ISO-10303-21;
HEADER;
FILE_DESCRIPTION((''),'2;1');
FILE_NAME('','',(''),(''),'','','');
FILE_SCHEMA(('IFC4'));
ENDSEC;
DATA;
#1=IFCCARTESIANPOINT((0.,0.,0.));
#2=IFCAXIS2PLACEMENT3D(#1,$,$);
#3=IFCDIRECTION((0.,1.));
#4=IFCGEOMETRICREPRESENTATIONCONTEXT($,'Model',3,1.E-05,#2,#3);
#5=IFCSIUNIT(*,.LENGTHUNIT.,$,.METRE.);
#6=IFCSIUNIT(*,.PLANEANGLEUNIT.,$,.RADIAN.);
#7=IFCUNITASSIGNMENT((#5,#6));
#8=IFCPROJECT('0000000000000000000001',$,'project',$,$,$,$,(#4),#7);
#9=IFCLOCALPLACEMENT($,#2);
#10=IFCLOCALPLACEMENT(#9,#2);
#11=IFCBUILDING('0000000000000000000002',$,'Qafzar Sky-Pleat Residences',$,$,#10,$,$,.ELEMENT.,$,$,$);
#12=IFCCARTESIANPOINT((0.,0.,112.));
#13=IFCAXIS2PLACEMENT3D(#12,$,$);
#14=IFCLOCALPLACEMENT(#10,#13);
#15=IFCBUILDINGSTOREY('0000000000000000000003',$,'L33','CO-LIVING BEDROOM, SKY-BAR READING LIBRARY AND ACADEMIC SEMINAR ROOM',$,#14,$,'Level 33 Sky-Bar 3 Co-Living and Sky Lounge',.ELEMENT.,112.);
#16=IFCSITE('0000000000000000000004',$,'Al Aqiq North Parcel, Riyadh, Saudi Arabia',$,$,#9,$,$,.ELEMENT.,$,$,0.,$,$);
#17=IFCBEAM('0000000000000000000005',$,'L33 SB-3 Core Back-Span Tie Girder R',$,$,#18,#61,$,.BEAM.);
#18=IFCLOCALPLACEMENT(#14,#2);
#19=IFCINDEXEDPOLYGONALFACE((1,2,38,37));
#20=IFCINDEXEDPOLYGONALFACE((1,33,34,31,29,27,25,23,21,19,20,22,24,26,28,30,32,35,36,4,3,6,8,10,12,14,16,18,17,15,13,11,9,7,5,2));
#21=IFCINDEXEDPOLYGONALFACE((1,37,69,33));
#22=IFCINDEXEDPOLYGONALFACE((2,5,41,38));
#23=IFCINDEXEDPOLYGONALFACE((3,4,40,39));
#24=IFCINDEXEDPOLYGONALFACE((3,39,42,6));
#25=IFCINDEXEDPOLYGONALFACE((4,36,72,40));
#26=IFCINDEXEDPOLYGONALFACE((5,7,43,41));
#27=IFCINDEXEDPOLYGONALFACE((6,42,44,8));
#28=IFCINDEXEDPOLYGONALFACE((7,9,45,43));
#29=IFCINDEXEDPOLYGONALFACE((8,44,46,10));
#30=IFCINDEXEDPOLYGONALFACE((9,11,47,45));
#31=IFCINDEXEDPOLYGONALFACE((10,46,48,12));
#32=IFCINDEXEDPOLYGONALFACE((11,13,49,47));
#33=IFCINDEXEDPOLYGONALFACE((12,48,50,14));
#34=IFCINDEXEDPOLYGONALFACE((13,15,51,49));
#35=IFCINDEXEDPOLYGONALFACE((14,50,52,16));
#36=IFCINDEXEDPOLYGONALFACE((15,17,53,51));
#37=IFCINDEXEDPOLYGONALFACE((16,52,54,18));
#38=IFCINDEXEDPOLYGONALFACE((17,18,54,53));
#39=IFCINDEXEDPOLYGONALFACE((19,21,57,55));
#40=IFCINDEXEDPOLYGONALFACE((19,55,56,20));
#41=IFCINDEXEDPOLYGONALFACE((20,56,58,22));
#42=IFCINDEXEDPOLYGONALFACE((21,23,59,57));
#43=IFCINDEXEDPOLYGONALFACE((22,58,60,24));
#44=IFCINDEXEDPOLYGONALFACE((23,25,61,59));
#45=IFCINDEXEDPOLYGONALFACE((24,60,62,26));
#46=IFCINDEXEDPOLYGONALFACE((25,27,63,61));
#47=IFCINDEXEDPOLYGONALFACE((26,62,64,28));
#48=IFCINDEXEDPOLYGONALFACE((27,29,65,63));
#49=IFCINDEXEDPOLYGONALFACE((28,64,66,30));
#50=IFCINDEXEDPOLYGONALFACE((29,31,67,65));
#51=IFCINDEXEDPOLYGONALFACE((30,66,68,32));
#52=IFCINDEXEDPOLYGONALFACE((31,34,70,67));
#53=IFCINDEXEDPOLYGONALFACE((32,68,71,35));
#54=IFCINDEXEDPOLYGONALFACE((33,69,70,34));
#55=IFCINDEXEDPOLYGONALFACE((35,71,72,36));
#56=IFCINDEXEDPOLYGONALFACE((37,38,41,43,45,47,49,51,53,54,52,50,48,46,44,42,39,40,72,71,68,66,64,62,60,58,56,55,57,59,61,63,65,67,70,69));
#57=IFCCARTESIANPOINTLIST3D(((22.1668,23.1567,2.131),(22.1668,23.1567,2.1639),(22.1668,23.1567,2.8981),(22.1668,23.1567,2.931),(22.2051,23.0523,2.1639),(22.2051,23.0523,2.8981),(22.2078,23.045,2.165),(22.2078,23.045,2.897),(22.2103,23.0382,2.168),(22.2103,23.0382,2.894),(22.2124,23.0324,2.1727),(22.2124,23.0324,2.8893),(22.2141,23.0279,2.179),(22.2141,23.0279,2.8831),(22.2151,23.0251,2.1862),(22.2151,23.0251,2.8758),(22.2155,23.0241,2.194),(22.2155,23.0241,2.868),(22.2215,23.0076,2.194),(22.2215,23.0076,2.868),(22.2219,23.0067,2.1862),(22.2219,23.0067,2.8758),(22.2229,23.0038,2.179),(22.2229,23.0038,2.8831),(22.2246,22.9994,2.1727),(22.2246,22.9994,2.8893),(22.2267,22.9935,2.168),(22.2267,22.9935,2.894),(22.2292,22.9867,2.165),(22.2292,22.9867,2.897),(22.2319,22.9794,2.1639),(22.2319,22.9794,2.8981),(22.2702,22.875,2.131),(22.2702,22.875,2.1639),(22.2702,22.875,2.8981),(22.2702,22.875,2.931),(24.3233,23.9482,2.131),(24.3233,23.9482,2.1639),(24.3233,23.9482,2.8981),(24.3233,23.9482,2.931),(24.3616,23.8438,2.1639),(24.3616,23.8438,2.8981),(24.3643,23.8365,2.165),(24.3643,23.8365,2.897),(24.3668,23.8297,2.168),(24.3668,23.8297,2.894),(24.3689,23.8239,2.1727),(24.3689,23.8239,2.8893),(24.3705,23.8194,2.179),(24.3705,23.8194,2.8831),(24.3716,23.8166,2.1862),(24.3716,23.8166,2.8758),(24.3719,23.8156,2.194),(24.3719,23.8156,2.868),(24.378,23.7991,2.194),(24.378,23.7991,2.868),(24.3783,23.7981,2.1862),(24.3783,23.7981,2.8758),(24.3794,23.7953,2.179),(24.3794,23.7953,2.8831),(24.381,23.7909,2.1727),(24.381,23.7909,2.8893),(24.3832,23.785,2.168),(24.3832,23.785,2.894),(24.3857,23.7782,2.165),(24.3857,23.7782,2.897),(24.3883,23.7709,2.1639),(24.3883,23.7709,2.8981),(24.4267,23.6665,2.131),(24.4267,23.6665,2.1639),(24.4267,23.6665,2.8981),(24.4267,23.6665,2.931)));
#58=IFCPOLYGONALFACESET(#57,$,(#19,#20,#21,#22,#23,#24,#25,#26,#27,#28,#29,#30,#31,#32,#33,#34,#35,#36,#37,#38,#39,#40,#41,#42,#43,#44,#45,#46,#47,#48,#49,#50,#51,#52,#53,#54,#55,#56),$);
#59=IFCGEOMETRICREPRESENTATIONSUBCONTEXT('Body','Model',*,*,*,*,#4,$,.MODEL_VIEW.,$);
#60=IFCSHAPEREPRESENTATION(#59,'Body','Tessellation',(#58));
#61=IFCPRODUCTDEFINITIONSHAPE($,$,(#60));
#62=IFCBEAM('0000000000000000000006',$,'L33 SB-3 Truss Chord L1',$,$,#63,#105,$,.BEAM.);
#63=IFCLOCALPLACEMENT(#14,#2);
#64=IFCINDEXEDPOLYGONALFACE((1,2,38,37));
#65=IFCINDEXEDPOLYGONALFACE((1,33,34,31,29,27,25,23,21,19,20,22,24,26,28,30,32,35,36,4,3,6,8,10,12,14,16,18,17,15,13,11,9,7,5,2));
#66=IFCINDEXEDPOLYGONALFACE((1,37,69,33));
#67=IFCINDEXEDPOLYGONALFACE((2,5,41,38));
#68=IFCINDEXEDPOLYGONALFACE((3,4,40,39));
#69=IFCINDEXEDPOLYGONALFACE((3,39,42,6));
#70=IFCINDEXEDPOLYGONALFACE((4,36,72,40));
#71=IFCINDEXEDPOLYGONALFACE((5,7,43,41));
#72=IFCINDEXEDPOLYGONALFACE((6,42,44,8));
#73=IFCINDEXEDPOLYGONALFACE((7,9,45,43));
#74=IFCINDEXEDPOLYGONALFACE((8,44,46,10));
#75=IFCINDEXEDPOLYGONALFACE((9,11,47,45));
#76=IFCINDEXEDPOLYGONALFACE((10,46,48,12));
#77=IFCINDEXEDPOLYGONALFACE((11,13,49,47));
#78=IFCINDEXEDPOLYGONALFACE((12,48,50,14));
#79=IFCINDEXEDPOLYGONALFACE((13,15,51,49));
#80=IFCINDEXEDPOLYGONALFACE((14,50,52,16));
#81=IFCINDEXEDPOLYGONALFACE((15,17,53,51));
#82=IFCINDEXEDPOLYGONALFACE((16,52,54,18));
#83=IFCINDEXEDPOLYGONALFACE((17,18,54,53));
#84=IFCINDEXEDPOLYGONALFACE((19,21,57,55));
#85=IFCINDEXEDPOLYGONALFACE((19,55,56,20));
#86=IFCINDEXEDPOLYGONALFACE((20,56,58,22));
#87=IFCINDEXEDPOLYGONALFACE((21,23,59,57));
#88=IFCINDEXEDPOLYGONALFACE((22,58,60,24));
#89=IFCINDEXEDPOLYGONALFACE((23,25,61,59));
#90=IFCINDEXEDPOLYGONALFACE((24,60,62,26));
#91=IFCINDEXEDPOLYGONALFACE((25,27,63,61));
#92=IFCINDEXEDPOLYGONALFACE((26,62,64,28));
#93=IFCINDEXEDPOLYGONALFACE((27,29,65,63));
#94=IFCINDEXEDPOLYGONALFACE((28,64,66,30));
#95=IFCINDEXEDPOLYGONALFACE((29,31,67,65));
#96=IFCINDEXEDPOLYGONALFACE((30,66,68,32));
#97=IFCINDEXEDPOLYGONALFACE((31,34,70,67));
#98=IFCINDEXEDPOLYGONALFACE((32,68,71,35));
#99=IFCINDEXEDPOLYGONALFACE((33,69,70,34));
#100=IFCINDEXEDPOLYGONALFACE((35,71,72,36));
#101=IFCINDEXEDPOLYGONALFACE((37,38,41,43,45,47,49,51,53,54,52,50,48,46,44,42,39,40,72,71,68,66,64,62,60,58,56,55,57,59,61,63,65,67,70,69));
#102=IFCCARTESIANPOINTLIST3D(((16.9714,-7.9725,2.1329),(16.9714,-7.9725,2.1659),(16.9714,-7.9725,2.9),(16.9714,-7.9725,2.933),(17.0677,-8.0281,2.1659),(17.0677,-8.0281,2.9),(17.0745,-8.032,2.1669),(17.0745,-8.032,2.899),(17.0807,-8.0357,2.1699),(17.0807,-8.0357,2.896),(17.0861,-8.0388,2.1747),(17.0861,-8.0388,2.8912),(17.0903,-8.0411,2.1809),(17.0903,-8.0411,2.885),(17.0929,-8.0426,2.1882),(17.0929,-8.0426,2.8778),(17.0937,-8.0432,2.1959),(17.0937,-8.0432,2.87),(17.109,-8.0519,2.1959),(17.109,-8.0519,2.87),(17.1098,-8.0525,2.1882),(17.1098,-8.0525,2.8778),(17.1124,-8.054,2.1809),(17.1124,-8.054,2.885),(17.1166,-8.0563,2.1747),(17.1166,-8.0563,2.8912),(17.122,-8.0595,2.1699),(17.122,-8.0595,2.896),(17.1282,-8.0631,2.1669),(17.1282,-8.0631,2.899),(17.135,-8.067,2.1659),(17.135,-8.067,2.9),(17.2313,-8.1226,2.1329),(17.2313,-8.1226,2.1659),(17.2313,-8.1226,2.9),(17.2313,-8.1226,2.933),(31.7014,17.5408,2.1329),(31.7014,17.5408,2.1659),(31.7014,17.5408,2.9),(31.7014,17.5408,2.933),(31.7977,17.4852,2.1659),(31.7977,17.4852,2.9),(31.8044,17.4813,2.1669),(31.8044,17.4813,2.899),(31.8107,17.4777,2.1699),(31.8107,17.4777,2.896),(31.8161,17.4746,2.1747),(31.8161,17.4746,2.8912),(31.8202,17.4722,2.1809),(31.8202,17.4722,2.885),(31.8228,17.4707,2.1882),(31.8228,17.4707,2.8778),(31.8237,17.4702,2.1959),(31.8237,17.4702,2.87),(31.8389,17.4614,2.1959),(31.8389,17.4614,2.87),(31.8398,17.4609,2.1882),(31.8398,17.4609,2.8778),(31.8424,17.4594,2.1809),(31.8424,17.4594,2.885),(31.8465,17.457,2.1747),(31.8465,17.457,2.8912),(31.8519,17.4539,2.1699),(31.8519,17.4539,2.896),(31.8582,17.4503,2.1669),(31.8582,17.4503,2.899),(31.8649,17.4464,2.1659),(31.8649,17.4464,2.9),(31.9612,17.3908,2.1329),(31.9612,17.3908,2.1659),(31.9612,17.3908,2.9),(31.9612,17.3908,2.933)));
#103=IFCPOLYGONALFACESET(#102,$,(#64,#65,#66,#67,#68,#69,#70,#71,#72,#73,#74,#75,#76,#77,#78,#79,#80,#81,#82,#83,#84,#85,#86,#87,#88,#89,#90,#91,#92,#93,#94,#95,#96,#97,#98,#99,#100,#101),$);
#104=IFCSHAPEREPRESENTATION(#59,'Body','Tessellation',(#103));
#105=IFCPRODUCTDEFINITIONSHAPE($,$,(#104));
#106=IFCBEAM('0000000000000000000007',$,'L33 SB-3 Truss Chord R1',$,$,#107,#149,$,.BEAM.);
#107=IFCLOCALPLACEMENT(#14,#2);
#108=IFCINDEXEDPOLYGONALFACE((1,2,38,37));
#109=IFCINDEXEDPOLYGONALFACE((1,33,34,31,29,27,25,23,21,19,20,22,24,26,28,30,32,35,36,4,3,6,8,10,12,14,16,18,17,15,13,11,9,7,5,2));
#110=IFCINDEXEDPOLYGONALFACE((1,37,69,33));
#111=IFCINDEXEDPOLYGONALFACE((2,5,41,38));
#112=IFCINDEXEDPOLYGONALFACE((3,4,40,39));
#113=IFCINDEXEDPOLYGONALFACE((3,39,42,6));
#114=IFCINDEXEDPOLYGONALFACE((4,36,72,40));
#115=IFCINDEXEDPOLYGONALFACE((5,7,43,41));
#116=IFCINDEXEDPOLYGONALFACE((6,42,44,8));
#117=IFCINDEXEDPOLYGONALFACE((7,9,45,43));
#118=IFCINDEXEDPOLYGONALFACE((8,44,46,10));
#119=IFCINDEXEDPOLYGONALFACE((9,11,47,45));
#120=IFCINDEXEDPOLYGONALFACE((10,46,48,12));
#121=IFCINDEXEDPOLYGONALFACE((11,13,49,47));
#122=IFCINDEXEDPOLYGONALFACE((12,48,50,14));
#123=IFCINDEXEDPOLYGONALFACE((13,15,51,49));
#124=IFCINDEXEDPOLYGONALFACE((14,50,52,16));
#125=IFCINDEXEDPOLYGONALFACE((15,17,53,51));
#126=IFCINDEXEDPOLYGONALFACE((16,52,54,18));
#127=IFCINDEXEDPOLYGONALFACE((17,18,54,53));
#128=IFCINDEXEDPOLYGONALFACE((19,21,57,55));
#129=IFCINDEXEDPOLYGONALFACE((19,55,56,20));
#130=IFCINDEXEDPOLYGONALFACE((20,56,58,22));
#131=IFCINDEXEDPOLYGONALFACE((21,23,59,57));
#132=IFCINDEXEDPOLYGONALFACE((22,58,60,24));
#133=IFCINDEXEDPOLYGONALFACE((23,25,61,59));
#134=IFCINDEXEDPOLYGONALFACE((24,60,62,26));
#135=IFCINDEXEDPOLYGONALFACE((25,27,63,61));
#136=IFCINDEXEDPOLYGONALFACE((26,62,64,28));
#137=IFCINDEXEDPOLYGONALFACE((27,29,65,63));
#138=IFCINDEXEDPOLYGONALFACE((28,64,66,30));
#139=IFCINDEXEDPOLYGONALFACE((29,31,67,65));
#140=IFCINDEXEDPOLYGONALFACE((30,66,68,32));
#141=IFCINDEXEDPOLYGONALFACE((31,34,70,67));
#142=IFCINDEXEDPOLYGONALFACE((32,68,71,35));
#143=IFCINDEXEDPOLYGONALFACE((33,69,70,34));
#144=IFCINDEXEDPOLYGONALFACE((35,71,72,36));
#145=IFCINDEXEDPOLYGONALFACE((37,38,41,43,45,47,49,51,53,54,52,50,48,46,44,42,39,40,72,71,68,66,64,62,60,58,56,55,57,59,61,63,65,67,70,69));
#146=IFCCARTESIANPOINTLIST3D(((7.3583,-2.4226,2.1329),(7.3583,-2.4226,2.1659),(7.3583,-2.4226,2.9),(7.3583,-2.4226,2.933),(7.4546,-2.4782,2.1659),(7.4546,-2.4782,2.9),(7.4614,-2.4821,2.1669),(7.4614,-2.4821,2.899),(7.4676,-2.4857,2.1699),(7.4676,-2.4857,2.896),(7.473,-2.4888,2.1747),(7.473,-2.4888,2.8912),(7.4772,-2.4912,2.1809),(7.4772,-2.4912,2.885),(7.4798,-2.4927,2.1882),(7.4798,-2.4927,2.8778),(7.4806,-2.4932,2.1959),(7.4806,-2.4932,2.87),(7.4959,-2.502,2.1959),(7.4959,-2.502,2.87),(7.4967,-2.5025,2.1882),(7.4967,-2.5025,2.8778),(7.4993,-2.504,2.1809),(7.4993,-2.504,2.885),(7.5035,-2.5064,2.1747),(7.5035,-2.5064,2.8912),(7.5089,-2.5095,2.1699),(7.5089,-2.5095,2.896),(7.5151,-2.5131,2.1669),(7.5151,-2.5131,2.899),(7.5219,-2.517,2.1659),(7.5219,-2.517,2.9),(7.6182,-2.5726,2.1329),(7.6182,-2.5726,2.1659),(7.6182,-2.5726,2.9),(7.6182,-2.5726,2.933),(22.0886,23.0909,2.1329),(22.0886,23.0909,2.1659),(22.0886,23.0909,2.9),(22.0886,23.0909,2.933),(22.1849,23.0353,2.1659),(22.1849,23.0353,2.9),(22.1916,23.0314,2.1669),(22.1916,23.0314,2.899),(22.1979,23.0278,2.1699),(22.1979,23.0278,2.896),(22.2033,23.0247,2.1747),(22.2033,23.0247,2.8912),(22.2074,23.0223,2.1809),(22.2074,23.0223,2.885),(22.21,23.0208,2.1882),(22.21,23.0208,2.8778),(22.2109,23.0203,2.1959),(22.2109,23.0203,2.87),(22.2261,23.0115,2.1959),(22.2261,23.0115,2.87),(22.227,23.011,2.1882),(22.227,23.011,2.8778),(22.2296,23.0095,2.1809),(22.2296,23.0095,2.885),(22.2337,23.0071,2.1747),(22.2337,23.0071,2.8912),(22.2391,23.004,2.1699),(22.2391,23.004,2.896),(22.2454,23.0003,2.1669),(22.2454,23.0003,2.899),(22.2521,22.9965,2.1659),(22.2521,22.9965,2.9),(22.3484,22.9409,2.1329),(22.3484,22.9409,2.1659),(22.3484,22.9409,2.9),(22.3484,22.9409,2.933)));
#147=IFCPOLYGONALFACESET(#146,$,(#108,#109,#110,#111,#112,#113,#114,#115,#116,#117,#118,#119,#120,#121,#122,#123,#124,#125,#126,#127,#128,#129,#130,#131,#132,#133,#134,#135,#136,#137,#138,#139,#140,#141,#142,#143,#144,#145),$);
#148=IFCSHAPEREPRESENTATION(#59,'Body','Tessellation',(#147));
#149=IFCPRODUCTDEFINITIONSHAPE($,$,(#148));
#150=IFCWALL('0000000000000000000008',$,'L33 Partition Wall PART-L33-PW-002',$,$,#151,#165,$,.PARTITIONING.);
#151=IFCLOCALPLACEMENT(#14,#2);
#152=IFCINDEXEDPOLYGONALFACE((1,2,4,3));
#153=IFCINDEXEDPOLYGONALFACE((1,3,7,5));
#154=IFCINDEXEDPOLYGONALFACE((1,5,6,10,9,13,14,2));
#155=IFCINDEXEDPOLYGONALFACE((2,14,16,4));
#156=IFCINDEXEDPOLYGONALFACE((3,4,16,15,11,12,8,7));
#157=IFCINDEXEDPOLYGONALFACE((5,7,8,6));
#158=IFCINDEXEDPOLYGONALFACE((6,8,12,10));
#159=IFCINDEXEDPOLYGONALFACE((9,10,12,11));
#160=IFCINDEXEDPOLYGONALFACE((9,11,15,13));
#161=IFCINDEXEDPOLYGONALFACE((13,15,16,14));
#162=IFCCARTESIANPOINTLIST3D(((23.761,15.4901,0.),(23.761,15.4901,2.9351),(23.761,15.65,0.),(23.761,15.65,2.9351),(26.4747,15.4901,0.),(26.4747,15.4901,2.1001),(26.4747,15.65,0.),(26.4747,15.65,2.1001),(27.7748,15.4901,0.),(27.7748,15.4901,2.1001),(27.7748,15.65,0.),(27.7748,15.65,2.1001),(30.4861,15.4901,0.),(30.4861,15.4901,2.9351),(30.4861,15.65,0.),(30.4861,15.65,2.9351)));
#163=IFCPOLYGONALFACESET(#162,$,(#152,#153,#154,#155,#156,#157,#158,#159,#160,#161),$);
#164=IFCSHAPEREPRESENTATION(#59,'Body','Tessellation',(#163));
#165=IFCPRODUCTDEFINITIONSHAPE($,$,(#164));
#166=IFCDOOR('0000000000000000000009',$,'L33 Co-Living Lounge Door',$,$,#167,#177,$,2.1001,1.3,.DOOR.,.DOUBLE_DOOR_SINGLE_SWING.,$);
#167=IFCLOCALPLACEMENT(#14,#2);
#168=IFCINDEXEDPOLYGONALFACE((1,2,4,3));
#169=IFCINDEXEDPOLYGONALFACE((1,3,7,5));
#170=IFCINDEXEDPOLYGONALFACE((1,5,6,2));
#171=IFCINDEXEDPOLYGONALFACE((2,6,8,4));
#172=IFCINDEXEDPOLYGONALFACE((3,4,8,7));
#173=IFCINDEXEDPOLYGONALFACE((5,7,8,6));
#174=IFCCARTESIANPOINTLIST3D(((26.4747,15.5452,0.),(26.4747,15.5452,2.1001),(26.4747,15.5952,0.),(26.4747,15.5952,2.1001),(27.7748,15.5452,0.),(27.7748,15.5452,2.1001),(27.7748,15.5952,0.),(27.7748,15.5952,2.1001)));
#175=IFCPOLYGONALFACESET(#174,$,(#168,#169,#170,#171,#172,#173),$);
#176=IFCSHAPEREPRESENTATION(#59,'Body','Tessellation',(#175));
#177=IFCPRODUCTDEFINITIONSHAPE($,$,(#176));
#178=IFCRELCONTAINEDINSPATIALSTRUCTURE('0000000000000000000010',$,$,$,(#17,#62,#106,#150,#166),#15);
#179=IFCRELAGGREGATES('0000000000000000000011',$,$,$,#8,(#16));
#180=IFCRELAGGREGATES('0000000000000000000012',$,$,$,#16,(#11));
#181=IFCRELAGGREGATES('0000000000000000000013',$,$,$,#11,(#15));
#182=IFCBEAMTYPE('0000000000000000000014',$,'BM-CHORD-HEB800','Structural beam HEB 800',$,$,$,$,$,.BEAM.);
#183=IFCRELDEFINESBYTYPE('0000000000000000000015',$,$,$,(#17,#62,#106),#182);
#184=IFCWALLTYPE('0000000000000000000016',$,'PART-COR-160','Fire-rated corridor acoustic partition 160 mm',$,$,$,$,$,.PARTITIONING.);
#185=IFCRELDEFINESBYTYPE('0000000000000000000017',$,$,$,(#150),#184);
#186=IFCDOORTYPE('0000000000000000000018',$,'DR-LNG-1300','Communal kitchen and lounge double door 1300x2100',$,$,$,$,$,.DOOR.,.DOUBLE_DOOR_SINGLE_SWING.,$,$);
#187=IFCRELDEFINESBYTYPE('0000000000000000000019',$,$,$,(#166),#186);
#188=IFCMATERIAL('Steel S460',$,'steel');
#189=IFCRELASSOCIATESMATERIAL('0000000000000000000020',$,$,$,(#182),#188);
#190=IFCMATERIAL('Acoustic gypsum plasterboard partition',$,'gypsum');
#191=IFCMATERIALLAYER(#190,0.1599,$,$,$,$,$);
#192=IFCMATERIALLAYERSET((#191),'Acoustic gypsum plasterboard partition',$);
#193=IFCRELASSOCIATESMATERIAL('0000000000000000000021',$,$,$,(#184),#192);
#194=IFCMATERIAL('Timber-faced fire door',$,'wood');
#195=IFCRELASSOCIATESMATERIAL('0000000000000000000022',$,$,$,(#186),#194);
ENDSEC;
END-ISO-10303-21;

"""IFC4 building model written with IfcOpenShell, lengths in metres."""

from ifc_helpers import new_model, si_unit, direction, frame, frame_2d, origin, origin_2d, place, context, subcontext, project, spatial, rectangle, i_section, extrude, source, transform, mapped, material, layer, layer_set, material_profile, profile_set, type_object, element, fill, save


model = new_model("IFC4")

# Units and contexts
model_context = context("Model", 3, precision=1e-05, world=origin(), true_north=direction((0.0, 1.0)))
body_context = subcontext(model_context, "Body", "Model", "MODEL_VIEW")
ifc_project = project(units=[si_unit("LENGTHUNIT", "METRE"), si_unit("PLANEANGLEUNIT", "RADIAN")], contexts=[model_context])

# Site, building, storey
site_placement = place(None, origin())
site = spatial("IfcSite", under=ifc_project, at=site_placement, Name="Al Aqiq North Parcel, Riyadh, Saudi Arabia", CompositionType="ELEMENT", RefElevation=0.0)
building_placement = place(site_placement, origin())
building = spatial("IfcBuilding", under=site, at=building_placement, Name="Qafzar Sky-Pleat Residences", CompositionType="ELEMENT")
storey_placement = place(building_placement, frame((0.0, 0.0, 112.0)))
storey = spatial("IfcBuildingStorey", under=building, at=storey_placement, Name="L33", Description="CO-LIVING BEDROOM, SKY-BAR READING LIBRARY AND ACADEMIC SEMINAR ROOM", LongName="Level 33 Sky-Bar 3 Co-Living and Sky Lounge", CompositionType="ELEMENT", Elevation=112.0)

# Beams
ifc_material_1 = material(Name="Steel S460", Category="steel")
ifc_material_profile = material_profile(ifc_material_1, i_section(OverallWidth=0.3, OverallDepth=0.8, WebThickness=0.0176, FlangeThickness=0.033, FilletRadius=0.03, at=origin_2d()), Name="HEB 800")
ifc_profile_set = profile_set([ifc_material_profile], Name="Steel S460")
beam_type = type_object("IfcBeamType", Name="BM-CHORD-HEB800", Description="Structural beam HEB 800", PredefinedType="BEAM", material=ifc_profile_set)
shared_shape_1 = source(origin(), body_context, "Body", "SweptSolid", [
    extrude(i_section(OverallWidth=0.3, OverallDepth=0.8, WebThickness=0.0176, FlangeThickness=0.033, FilletRadius=0.03, at=origin_2d()), origin(), (0.0, 0.0, 1.0), 2.2971),
])
beam_1_placement = place(storey_placement, frame((22.2185, 23.0159, 2.531), z_axis=(0.938765, 0.344558, 0.0), x_axis=(-0.344558, 0.938765, 0.0)))
element("IfcBeam", 1, at=beam_1_placement, inside=storey, type_object=beam_type, Name="L33 SB-3 Core Back-Span Tie Girder R", PredefinedType="BEAM", context=body_context, shape_type="MappedRepresentation", body=[
    mapped(shared_shape_1, transform((0.0, 0.0, 0.0), x_axis=(1.0, 0.0, 0.0), y_axis=(0.0, 1.0, 0.0), z_axis=(0.0, 0.0, 1.0), scale=1.0)),
])
shared_shape_2 = source(origin(), body_context, "Body", "SweptSolid", [
    extrude(i_section(OverallWidth=0.3, OverallDepth=0.8, WebThickness=0.0176, FlangeThickness=0.033, FilletRadius=0.03, at=origin_2d()), origin(), (0.0, 0.0, 1.0), 29.4602),
])
beam_2_placement = place(storey_placement, frame((31.8313, 17.4658, 2.533), z_axis=(-0.499995, -0.866028, 0.0), x_axis=(0.866028, -0.499995, 0.0)))
element("IfcBeam", 2, at=beam_2_placement, inside=storey, type_object=beam_type, Name="L33 SB-3 Truss Chord L1", PredefinedType="BEAM", context=body_context, shape_type="MappedRepresentation", body=[
    mapped(shared_shape_2, transform((0.0, 0.0, 0.0), x_axis=(1.0, 0.0, 0.0), y_axis=(0.0, 1.0, 0.0), z_axis=(0.0, 0.0, 1.0), scale=1.0)),
])
shared_shape_3 = source(origin(), body_context, "Body", "SweptSolid", [
    extrude(i_section(OverallWidth=0.3, OverallDepth=0.8, WebThickness=0.0176, FlangeThickness=0.033, FilletRadius=0.03, at=origin_2d()), origin(), (0.0, 0.0, 1.0), 29.4604),
])
beam_3_placement = place(storey_placement, frame((22.2185, 23.0159, 2.533), z_axis=(-0.500001, -0.866025, 0.0), x_axis=(0.866025, -0.500001, 0.0)))
element("IfcBeam", 3, at=beam_3_placement, inside=storey, type_object=beam_type, Name="L33 SB-3 Truss Chord R1", PredefinedType="BEAM", context=body_context, shape_type="MappedRepresentation", body=[
    mapped(shared_shape_3, transform((0.0, 0.0, 0.0), x_axis=(1.0, 0.0, 0.0), y_axis=(0.0, 1.0, 0.0), z_axis=(0.0, 0.0, 1.0), scale=1.0)),
])

# Wall, opening, door
ifc_material_2 = material(Name="Acoustic gypsum plasterboard partition", Category="gypsum")
ifc_layer_1 = layer(ifc_material_2, 0.1599)
ifc_layer_set_1 = layer_set([ifc_layer_1], Name="Acoustic gypsum plasterboard partition")
wall_type_1 = type_object("IfcWallType", Name="PART-COR-160", Description="Fire-rated corridor acoustic partition 160 mm", PredefinedType="PARTITIONING", material=ifc_layer_set_1)
wall_1_placement = place(storey_placement, frame((30.4861, 15.5701, 0.0), z_axis=(0.0, 0.0, 1.0), x_axis=(-1.0, 0.0, 0.0)))
wall_1 = element("IfcWall", 4, at=wall_1_placement, inside=storey, type_object=wall_type_1, Name="L33 Partition Wall PART-L33-PW-002", PredefinedType="PARTITIONING", context=body_context, shape_type="SweptSolid", body=[
    extrude(rectangle(XDim=6.7251, YDim=0.1599, at=frame_2d((3.3625, 0.0))), origin(), (0.0, 0.0, 1.0), 2.9351),
])
opening_1_placement = place(wall_1_placement, frame((2.7114, 0.0, 0.0)))
opening_1 = element("IfcOpeningElement", 5, at=opening_1_placement, cuts=wall_1, PredefinedType="OPENING", context=body_context, shape_type="SweptSolid", body=[
    extrude(rectangle(XDim=1.3, YDim=2.1001, at=frame_2d((0.6499, 1.05))), frame((0.0, 0.0898, 0.0), z_axis=(0.0, -1.0, 0.0), x_axis=(1.0, 0.0, 0.0)), (0.0, 0.0, 1.0), 0.1799),
])
ifc_material_3 = material(Name="Timber-faced fire door", Category="wood")
door_type_1 = type_object("IfcDoorType", Name="DR-LNG-1300", Description="Communal kitchen and lounge double door 1300x2100", OperationType="DOUBLE_DOOR_SINGLE_SWING", PredefinedType="DOOR", material=ifc_material_3)
shared_shape_4 = source(origin(), body_context, "Body", "SweptSolid", [
    extrude(rectangle(XDim=1.3, YDim=2.1001, at=frame_2d((0.6499, 1.05))), frame((0.0, 0.0249, 0.0), z_axis=(0.0, -1.0, 0.0), x_axis=(1.0, 0.0, 0.0)), (0.0, 0.0, 1.0), 0.05),
])
door_1_placement = place(opening_1_placement, origin())
door_1 = element("IfcDoor", 6, at=door_1_placement, inside=storey, type_object=door_type_1, Name="L33 Co-Living Lounge Door", OperationType="DOUBLE_DOOR_SINGLE_SWING", OverallHeight=2.1001, OverallWidth=1.3, PredefinedType="DOOR", context=body_context, shape_type="MappedRepresentation", body=[
    mapped(shared_shape_4, transform((0.0, 0.0, 0.0), x_axis=(1.0, 0.0, 0.0), y_axis=(0.0, 1.0, 0.0), z_axis=(0.0, 0.0, 1.0), scale=1.0)),
])
fill(opening_1, door_1)

save(model, "model.ifc")
